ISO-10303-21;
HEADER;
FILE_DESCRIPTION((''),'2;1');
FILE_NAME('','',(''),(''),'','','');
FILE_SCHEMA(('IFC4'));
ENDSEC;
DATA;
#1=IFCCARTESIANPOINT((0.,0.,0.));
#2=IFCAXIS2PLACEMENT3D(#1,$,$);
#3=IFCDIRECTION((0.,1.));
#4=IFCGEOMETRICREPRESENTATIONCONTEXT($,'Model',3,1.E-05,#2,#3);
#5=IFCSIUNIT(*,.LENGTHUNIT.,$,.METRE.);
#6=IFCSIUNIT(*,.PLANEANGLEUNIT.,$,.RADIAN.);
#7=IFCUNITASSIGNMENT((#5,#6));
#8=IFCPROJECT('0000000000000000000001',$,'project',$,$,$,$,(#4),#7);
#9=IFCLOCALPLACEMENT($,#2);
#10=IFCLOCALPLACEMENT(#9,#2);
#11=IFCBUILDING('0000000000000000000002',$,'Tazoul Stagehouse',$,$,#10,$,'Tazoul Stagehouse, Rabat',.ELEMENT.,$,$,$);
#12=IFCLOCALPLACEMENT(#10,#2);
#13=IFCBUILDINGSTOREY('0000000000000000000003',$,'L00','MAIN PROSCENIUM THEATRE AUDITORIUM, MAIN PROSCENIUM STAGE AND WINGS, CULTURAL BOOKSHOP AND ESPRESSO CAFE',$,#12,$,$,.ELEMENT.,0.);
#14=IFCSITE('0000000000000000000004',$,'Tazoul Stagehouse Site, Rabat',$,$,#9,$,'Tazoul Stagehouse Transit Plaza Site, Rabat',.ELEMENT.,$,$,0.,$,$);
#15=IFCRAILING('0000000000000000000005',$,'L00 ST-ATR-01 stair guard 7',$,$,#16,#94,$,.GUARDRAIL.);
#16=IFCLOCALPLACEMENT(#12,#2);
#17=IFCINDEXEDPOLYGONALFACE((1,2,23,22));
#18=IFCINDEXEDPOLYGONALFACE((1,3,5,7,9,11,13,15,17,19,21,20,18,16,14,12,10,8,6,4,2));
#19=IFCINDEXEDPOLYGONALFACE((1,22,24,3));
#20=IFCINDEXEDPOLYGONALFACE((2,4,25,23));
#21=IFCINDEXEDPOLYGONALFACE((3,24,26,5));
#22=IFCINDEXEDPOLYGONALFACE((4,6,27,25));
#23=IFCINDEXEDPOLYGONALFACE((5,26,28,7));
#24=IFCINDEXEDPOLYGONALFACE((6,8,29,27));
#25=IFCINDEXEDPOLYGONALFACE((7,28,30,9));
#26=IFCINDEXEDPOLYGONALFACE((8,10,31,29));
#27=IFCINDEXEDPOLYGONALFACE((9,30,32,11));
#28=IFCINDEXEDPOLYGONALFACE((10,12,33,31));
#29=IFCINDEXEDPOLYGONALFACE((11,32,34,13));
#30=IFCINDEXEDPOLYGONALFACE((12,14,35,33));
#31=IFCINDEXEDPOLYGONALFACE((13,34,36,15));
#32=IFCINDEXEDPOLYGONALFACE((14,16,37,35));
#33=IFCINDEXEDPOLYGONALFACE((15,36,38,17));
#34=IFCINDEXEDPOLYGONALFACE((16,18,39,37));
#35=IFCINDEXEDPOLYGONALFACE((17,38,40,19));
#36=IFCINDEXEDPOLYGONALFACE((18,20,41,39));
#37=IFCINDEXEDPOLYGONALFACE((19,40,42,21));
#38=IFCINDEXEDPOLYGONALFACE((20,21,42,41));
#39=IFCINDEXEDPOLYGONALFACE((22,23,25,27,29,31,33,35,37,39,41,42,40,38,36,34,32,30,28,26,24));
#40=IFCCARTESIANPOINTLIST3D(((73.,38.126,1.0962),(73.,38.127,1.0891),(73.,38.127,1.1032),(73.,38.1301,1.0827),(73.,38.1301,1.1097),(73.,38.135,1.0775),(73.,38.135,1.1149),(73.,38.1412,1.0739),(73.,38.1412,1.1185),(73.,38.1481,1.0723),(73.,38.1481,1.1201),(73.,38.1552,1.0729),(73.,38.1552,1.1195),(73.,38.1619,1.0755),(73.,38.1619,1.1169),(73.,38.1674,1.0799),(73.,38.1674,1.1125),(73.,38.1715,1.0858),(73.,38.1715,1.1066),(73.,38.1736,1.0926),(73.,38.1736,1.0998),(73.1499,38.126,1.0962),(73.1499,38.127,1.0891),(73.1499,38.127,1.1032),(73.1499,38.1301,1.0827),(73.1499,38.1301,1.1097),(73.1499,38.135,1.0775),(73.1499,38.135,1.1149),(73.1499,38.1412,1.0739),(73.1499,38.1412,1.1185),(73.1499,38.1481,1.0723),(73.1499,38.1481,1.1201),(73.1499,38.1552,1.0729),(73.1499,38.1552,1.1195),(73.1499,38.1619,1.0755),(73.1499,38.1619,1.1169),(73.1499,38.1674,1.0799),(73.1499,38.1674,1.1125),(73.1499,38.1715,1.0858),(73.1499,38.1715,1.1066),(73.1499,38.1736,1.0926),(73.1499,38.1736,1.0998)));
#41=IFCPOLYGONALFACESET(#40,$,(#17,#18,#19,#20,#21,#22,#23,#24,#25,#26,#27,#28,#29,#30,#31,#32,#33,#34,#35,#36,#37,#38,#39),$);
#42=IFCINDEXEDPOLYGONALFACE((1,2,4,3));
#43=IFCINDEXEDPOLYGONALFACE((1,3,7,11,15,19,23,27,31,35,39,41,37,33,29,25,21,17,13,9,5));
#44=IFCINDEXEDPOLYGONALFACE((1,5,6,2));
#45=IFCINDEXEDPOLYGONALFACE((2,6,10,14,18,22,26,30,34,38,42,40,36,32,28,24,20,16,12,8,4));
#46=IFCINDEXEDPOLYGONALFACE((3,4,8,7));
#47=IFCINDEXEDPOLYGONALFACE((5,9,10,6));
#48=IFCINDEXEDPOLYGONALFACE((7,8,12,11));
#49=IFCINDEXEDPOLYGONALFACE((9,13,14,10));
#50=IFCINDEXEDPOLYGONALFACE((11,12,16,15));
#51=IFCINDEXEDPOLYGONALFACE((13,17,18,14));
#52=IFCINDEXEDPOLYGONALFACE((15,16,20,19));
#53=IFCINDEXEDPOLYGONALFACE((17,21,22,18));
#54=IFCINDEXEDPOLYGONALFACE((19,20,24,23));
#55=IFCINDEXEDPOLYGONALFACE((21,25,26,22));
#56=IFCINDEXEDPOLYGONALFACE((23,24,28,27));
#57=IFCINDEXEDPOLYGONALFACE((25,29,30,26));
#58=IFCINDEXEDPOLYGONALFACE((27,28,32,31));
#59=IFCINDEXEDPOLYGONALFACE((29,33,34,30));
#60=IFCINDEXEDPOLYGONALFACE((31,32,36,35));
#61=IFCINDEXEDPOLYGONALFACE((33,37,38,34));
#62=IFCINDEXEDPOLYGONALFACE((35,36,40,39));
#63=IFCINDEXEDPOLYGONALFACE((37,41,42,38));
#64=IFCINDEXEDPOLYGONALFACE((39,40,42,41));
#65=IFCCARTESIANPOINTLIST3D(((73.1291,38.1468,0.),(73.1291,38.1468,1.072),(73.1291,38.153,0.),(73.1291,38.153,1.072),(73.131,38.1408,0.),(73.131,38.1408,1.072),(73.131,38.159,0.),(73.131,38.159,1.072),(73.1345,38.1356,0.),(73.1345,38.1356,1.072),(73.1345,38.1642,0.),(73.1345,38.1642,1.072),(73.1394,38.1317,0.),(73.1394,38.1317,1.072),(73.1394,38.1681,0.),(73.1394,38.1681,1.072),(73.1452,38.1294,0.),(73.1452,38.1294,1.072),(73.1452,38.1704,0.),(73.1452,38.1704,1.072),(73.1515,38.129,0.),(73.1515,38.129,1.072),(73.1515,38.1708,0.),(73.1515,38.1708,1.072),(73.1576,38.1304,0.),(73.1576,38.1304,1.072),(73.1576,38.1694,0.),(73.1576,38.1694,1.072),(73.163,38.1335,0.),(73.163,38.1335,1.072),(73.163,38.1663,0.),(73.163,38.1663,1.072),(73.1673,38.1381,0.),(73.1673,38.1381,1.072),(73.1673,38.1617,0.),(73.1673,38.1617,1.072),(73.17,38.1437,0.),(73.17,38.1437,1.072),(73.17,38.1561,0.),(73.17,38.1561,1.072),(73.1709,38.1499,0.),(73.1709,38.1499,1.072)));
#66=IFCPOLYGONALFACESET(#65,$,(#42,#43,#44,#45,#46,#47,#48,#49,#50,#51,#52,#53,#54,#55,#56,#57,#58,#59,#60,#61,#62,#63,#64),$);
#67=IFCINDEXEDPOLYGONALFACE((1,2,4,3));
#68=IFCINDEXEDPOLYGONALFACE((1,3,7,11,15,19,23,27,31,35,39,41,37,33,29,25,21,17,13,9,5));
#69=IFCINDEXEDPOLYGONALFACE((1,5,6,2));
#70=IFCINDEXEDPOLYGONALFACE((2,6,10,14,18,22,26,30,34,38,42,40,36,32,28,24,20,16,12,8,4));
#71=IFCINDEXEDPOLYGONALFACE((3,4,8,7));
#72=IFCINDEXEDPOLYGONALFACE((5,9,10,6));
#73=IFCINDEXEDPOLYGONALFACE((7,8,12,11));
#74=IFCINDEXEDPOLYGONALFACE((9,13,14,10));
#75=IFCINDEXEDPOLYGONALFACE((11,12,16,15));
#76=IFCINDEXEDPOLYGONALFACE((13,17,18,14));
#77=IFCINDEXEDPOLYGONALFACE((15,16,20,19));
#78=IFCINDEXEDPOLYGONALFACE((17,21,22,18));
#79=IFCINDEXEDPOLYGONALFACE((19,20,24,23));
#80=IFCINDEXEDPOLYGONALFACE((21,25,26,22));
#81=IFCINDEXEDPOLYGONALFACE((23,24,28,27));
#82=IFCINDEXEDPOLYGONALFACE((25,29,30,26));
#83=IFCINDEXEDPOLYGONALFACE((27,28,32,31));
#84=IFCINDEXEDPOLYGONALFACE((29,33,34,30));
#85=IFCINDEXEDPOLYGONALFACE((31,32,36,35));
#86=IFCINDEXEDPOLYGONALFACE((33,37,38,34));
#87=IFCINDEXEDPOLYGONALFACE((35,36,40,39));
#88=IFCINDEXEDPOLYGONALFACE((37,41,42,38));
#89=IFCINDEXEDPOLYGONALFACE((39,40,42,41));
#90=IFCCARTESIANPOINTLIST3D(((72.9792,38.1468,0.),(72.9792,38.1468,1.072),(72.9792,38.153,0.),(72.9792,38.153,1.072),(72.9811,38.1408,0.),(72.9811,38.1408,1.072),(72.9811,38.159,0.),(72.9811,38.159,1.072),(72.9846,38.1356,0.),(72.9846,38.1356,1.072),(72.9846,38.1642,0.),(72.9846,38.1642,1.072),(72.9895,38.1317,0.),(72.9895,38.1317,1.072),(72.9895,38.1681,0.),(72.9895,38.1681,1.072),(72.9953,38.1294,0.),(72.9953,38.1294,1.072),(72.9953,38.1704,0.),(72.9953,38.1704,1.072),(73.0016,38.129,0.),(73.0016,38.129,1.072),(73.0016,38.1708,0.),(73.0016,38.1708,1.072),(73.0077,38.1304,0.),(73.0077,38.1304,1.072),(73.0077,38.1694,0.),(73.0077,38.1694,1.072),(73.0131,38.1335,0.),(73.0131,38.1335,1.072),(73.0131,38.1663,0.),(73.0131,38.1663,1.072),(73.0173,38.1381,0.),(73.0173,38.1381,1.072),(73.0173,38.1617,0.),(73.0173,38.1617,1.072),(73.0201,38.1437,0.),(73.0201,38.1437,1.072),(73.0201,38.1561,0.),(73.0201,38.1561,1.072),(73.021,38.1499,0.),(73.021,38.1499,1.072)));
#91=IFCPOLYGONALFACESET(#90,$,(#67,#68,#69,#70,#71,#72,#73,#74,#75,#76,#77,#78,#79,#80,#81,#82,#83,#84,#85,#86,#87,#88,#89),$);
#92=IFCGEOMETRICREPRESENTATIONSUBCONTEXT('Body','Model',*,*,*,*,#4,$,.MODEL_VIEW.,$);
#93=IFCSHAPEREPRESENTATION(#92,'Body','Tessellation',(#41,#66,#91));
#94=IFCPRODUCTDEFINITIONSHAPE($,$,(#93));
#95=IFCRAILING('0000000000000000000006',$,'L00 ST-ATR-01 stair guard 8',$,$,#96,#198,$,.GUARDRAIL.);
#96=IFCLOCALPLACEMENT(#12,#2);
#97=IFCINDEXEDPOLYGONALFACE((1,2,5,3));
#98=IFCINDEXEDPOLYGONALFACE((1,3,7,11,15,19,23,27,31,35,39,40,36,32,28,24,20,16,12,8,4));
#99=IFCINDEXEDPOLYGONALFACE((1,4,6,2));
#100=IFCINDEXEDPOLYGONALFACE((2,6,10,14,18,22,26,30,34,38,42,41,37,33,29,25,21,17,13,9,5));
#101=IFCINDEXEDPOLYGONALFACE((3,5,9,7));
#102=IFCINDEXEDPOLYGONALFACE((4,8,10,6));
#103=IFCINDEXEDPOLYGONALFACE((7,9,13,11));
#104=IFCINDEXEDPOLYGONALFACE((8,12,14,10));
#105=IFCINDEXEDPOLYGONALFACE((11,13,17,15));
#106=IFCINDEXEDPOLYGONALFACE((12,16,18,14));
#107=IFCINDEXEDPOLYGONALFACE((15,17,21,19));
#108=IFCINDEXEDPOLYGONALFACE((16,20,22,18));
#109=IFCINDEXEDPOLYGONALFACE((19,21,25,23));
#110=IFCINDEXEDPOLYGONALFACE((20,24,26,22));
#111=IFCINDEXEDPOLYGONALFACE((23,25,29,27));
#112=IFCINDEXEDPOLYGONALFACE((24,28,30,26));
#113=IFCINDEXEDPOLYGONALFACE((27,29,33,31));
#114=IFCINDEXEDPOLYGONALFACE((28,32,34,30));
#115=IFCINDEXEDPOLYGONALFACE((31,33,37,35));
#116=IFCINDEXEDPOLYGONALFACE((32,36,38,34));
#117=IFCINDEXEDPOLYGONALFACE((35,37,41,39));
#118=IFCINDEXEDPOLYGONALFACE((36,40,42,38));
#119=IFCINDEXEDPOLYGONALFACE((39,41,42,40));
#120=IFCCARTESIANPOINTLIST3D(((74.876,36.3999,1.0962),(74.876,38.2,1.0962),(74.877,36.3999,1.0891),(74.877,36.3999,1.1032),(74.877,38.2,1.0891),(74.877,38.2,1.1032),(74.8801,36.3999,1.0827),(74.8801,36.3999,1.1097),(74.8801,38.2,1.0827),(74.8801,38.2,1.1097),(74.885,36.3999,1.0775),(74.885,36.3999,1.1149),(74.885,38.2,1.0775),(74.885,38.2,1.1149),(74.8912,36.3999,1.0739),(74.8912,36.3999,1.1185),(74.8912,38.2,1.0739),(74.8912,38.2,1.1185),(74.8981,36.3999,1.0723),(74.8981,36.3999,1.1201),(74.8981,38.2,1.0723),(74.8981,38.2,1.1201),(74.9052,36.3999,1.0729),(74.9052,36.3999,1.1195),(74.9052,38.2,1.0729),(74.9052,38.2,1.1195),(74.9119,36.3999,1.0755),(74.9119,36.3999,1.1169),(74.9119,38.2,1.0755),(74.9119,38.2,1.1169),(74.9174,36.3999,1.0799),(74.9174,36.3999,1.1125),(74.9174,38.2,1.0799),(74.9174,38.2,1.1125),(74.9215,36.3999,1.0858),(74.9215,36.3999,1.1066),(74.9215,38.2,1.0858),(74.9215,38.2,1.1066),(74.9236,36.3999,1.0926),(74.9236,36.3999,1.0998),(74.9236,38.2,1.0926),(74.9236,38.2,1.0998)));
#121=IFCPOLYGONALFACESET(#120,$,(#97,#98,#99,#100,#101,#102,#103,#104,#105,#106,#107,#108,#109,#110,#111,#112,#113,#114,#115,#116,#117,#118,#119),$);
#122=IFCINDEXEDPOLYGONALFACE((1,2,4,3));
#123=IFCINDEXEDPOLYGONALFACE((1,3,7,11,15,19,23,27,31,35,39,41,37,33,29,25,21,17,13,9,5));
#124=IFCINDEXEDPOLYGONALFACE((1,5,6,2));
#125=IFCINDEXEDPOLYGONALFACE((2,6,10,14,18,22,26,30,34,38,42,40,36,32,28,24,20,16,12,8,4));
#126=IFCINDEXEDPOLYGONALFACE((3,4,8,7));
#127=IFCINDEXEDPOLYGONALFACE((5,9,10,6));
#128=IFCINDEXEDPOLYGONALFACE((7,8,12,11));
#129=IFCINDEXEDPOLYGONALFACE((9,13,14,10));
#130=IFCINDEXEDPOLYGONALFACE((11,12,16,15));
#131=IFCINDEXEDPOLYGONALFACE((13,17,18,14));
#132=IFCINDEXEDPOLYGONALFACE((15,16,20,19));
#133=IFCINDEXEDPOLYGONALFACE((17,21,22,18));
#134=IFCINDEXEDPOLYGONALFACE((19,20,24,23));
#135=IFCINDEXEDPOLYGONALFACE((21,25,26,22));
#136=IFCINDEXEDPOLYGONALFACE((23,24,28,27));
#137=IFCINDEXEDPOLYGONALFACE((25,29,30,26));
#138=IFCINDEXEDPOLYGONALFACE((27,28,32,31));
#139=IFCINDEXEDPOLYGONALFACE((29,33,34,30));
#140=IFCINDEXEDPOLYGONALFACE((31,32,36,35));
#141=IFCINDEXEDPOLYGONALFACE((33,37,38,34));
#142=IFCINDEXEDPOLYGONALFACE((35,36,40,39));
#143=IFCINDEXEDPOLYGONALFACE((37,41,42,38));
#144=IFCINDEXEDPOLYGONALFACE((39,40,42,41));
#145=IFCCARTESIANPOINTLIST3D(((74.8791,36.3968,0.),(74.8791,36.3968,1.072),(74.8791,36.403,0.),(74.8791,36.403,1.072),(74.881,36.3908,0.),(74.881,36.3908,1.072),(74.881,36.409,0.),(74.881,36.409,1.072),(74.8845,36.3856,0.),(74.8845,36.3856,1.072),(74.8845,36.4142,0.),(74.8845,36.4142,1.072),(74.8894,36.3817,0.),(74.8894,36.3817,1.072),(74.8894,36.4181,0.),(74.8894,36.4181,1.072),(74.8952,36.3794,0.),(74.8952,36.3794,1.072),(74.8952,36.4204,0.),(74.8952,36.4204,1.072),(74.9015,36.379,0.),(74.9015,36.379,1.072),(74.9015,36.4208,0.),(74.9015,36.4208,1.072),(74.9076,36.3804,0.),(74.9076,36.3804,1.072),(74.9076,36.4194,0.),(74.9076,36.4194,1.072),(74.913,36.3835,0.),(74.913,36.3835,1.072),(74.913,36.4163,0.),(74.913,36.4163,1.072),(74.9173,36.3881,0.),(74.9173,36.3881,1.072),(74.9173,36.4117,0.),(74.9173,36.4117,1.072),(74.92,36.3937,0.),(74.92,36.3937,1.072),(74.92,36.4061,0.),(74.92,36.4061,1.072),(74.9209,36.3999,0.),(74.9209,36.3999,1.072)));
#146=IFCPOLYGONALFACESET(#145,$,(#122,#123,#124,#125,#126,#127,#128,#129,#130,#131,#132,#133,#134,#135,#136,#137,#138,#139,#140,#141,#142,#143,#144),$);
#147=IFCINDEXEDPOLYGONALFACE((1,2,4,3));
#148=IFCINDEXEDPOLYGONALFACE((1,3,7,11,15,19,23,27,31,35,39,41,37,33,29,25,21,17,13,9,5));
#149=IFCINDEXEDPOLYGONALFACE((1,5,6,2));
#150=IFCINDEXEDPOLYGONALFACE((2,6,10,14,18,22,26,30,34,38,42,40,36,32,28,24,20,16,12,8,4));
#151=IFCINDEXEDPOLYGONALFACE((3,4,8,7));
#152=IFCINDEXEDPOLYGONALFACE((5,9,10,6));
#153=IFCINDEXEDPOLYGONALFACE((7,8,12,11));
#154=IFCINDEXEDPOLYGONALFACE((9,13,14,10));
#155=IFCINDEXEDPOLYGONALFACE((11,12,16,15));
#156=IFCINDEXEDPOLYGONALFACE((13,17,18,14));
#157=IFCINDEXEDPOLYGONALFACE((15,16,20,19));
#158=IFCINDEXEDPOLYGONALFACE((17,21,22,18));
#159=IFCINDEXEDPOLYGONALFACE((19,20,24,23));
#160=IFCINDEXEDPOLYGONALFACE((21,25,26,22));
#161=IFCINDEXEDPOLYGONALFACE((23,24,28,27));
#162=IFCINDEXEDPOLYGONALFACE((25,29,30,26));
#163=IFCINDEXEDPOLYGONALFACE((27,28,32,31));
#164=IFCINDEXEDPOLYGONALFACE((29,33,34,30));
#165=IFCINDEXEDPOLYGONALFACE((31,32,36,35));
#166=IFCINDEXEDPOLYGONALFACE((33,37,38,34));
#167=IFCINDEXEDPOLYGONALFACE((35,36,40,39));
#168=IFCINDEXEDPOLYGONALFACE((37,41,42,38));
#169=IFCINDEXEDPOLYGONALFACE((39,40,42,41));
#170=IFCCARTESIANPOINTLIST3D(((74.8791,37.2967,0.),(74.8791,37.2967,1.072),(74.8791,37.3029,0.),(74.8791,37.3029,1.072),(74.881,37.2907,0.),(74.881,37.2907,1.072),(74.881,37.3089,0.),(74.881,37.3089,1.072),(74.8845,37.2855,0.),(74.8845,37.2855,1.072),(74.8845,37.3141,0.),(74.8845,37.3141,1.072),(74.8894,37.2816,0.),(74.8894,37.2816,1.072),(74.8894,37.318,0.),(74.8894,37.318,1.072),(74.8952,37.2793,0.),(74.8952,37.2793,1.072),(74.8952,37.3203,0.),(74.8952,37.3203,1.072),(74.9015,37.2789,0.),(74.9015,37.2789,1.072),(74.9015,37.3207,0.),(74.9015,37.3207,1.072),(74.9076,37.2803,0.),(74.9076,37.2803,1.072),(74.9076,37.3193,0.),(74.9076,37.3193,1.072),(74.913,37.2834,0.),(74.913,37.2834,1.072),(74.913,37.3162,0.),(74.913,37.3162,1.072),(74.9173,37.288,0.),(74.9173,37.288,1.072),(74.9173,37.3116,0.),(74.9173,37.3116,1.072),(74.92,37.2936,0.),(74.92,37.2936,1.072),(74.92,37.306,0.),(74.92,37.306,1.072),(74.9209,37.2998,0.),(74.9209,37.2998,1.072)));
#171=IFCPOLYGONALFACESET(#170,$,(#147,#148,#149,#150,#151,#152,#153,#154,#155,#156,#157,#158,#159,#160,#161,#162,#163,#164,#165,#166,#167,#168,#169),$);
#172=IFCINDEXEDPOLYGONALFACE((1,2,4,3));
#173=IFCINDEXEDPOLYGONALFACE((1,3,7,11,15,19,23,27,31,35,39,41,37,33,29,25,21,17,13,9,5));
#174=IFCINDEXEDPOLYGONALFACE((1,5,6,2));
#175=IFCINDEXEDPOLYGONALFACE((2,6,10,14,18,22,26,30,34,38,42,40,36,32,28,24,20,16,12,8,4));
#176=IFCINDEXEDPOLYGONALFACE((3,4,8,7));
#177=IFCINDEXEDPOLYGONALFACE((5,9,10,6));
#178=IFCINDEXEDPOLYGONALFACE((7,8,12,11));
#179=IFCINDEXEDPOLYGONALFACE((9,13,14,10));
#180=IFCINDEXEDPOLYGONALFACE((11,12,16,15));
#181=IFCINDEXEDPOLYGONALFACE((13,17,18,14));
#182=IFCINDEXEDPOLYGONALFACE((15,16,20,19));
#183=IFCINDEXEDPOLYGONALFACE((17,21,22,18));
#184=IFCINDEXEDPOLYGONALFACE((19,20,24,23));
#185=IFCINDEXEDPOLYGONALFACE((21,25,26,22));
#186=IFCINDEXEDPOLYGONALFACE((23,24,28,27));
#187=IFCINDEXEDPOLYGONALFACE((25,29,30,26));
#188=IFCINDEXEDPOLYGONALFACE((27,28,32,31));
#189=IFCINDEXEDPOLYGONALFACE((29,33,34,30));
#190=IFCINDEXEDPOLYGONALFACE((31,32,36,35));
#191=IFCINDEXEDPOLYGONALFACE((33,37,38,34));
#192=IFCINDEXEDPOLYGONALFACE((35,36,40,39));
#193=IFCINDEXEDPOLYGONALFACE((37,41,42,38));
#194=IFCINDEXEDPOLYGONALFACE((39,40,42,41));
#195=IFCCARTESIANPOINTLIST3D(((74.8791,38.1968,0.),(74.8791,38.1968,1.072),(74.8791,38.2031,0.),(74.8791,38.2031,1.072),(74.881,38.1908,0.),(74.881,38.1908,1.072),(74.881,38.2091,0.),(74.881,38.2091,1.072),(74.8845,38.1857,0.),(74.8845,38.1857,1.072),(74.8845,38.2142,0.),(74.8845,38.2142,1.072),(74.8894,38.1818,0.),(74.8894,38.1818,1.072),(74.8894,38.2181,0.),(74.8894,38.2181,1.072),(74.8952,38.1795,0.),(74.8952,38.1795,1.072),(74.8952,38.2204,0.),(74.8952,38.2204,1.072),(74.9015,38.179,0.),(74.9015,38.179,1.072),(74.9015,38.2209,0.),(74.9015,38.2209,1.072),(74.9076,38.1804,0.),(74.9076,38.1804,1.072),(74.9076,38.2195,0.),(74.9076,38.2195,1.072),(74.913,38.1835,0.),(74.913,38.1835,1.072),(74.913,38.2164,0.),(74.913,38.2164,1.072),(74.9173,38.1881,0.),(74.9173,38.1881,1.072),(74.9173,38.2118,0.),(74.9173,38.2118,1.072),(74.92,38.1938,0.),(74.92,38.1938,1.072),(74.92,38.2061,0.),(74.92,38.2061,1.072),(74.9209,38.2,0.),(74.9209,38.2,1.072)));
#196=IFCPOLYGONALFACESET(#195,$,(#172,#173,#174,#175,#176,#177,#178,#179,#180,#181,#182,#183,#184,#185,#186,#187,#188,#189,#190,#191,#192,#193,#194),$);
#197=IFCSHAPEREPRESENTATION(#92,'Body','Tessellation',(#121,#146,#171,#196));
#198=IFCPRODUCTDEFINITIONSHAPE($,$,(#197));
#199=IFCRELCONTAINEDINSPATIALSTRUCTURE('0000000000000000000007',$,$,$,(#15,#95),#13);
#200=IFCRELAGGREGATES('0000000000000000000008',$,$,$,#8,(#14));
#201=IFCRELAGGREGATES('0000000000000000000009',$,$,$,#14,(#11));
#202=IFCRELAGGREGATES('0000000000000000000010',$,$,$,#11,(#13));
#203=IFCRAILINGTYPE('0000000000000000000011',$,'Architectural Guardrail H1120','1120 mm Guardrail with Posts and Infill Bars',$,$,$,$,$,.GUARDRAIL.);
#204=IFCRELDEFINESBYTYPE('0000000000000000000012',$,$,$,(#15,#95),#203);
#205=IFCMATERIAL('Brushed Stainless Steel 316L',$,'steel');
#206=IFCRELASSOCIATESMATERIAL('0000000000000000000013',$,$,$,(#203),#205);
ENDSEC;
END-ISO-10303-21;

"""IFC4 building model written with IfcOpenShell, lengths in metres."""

from ifc_helpers import new_model, si_unit, direction, frame, origin, origin_2d, place, context, subcontext, project, spatial, circle, extrude, material, material_profile, profile_set, type_object, element, save


model = new_model("IFC4")

# Units and contexts
model_context = context("Model", 3, precision=1e-05, world=origin(), true_north=direction((0.0, 1.0)))
body_context = subcontext(model_context, "Body", "Model", "MODEL_VIEW")
ifc_project = project(units=[si_unit("LENGTHUNIT", "METRE"), si_unit("PLANEANGLEUNIT", "RADIAN")], contexts=[model_context])

# Site, building, storey
site_placement = place(None, origin())
site = spatial("IfcSite", under=ifc_project, at=site_placement, Name="Tazoul Stagehouse Site, Rabat", LongName="Tazoul Stagehouse Transit Plaza Site, Rabat", CompositionType="ELEMENT", RefElevation=0.0)
building_placement = place(site_placement, origin())
building = spatial("IfcBuilding", under=site, at=building_placement, Name="Tazoul Stagehouse", LongName="Tazoul Stagehouse, Rabat", CompositionType="ELEMENT")
storey_placement = place(building_placement, origin())
storey = spatial("IfcBuildingStorey", under=building, at=storey_placement, Name="L00", Description="MAIN PROSCENIUM THEATRE AUDITORIUM, MAIN PROSCENIUM STAGE AND WINGS, CULTURAL BOOKSHOP AND ESPRESSO CAFE", CompositionType="ELEMENT", Elevation=0.0)

# Railings
ifc_material_1 = material(Name="Brushed Stainless Steel 316L", Category="steel")
ifc_material_profile_1 = material_profile(ifc_material_1, circle(Radius=0.0239, at=origin_2d()), Name="SS RAIL D48")
ifc_profile_set_1 = profile_set([ifc_material_profile_1], Name="Brushed Stainless Steel 316L")
railing_type_1 = type_object("IfcRailingType", Name="Architectural Guardrail H1120", Description="1120 mm Guardrail with Posts and Infill Bars", PredefinedType="GUARDRAIL", material=ifc_profile_set_1)
railing_1_placement = place(storey_placement, frame((73.1499, 38.1499, 0.0)))
element("IfcRailing", 1, at=railing_1_placement, inside=storey, type_object=railing_type_1, Name="L00 ST-ATR-01 stair guard 7", PredefinedType="GUARDRAIL", context=body_context, shape_type="SweptSolid", body=[
    extrude(circle(Radius=0.0239, at=origin_2d()), frame((0.0, 0.0, 1.0962), z_axis=(-1.0, 0.0, 0.0), x_axis=(0.0, -1.0, 0.0)), (0.0, 0.0, 1.0), 0.1499),
    extrude(circle(Radius=0.021, at=origin_2d()), origin(), (0.0, 0.0, 1.0), 1.072),
    extrude(circle(Radius=0.021, at=origin_2d()), frame((-0.1499, 0.0, 0.0)), (0.0, 0.0, 1.0), 1.072),
])
for number, where, name in (
    (2, (74.8999, 36.3999, 0.0), "L00 ST-ATR-01 stair guard 8"),
):
    element("IfcRailing", number, at=place(storey_placement, frame(where)), inside=storey, type_object=railing_type_1, Name=name, PredefinedType="GUARDRAIL", context=body_context, shape_type="SweptSolid", body=[
        extrude(circle(Radius=0.0239, at=origin_2d()), frame((0.0, 0.0, 1.0962), z_axis=(0.0, 1.0, 0.0), x_axis=(-1.0, 0.0, 0.0)), (0.0, 0.0, 1.0), 1.8),
        extrude(circle(Radius=0.021, at=origin_2d()), origin(), (0.0, 0.0, 1.0), 1.072),
        extrude(circle(Radius=0.021, at=origin_2d()), frame((0.0, 0.8999, 0.0)), (0.0, 0.0, 1.0), 1.072),
        extrude(circle(Radius=0.021, at=origin_2d()), frame((0.0, 1.8, 0.0)), (0.0, 0.0, 1.0), 1.072),
    ])

save(model, "model.ifc")
